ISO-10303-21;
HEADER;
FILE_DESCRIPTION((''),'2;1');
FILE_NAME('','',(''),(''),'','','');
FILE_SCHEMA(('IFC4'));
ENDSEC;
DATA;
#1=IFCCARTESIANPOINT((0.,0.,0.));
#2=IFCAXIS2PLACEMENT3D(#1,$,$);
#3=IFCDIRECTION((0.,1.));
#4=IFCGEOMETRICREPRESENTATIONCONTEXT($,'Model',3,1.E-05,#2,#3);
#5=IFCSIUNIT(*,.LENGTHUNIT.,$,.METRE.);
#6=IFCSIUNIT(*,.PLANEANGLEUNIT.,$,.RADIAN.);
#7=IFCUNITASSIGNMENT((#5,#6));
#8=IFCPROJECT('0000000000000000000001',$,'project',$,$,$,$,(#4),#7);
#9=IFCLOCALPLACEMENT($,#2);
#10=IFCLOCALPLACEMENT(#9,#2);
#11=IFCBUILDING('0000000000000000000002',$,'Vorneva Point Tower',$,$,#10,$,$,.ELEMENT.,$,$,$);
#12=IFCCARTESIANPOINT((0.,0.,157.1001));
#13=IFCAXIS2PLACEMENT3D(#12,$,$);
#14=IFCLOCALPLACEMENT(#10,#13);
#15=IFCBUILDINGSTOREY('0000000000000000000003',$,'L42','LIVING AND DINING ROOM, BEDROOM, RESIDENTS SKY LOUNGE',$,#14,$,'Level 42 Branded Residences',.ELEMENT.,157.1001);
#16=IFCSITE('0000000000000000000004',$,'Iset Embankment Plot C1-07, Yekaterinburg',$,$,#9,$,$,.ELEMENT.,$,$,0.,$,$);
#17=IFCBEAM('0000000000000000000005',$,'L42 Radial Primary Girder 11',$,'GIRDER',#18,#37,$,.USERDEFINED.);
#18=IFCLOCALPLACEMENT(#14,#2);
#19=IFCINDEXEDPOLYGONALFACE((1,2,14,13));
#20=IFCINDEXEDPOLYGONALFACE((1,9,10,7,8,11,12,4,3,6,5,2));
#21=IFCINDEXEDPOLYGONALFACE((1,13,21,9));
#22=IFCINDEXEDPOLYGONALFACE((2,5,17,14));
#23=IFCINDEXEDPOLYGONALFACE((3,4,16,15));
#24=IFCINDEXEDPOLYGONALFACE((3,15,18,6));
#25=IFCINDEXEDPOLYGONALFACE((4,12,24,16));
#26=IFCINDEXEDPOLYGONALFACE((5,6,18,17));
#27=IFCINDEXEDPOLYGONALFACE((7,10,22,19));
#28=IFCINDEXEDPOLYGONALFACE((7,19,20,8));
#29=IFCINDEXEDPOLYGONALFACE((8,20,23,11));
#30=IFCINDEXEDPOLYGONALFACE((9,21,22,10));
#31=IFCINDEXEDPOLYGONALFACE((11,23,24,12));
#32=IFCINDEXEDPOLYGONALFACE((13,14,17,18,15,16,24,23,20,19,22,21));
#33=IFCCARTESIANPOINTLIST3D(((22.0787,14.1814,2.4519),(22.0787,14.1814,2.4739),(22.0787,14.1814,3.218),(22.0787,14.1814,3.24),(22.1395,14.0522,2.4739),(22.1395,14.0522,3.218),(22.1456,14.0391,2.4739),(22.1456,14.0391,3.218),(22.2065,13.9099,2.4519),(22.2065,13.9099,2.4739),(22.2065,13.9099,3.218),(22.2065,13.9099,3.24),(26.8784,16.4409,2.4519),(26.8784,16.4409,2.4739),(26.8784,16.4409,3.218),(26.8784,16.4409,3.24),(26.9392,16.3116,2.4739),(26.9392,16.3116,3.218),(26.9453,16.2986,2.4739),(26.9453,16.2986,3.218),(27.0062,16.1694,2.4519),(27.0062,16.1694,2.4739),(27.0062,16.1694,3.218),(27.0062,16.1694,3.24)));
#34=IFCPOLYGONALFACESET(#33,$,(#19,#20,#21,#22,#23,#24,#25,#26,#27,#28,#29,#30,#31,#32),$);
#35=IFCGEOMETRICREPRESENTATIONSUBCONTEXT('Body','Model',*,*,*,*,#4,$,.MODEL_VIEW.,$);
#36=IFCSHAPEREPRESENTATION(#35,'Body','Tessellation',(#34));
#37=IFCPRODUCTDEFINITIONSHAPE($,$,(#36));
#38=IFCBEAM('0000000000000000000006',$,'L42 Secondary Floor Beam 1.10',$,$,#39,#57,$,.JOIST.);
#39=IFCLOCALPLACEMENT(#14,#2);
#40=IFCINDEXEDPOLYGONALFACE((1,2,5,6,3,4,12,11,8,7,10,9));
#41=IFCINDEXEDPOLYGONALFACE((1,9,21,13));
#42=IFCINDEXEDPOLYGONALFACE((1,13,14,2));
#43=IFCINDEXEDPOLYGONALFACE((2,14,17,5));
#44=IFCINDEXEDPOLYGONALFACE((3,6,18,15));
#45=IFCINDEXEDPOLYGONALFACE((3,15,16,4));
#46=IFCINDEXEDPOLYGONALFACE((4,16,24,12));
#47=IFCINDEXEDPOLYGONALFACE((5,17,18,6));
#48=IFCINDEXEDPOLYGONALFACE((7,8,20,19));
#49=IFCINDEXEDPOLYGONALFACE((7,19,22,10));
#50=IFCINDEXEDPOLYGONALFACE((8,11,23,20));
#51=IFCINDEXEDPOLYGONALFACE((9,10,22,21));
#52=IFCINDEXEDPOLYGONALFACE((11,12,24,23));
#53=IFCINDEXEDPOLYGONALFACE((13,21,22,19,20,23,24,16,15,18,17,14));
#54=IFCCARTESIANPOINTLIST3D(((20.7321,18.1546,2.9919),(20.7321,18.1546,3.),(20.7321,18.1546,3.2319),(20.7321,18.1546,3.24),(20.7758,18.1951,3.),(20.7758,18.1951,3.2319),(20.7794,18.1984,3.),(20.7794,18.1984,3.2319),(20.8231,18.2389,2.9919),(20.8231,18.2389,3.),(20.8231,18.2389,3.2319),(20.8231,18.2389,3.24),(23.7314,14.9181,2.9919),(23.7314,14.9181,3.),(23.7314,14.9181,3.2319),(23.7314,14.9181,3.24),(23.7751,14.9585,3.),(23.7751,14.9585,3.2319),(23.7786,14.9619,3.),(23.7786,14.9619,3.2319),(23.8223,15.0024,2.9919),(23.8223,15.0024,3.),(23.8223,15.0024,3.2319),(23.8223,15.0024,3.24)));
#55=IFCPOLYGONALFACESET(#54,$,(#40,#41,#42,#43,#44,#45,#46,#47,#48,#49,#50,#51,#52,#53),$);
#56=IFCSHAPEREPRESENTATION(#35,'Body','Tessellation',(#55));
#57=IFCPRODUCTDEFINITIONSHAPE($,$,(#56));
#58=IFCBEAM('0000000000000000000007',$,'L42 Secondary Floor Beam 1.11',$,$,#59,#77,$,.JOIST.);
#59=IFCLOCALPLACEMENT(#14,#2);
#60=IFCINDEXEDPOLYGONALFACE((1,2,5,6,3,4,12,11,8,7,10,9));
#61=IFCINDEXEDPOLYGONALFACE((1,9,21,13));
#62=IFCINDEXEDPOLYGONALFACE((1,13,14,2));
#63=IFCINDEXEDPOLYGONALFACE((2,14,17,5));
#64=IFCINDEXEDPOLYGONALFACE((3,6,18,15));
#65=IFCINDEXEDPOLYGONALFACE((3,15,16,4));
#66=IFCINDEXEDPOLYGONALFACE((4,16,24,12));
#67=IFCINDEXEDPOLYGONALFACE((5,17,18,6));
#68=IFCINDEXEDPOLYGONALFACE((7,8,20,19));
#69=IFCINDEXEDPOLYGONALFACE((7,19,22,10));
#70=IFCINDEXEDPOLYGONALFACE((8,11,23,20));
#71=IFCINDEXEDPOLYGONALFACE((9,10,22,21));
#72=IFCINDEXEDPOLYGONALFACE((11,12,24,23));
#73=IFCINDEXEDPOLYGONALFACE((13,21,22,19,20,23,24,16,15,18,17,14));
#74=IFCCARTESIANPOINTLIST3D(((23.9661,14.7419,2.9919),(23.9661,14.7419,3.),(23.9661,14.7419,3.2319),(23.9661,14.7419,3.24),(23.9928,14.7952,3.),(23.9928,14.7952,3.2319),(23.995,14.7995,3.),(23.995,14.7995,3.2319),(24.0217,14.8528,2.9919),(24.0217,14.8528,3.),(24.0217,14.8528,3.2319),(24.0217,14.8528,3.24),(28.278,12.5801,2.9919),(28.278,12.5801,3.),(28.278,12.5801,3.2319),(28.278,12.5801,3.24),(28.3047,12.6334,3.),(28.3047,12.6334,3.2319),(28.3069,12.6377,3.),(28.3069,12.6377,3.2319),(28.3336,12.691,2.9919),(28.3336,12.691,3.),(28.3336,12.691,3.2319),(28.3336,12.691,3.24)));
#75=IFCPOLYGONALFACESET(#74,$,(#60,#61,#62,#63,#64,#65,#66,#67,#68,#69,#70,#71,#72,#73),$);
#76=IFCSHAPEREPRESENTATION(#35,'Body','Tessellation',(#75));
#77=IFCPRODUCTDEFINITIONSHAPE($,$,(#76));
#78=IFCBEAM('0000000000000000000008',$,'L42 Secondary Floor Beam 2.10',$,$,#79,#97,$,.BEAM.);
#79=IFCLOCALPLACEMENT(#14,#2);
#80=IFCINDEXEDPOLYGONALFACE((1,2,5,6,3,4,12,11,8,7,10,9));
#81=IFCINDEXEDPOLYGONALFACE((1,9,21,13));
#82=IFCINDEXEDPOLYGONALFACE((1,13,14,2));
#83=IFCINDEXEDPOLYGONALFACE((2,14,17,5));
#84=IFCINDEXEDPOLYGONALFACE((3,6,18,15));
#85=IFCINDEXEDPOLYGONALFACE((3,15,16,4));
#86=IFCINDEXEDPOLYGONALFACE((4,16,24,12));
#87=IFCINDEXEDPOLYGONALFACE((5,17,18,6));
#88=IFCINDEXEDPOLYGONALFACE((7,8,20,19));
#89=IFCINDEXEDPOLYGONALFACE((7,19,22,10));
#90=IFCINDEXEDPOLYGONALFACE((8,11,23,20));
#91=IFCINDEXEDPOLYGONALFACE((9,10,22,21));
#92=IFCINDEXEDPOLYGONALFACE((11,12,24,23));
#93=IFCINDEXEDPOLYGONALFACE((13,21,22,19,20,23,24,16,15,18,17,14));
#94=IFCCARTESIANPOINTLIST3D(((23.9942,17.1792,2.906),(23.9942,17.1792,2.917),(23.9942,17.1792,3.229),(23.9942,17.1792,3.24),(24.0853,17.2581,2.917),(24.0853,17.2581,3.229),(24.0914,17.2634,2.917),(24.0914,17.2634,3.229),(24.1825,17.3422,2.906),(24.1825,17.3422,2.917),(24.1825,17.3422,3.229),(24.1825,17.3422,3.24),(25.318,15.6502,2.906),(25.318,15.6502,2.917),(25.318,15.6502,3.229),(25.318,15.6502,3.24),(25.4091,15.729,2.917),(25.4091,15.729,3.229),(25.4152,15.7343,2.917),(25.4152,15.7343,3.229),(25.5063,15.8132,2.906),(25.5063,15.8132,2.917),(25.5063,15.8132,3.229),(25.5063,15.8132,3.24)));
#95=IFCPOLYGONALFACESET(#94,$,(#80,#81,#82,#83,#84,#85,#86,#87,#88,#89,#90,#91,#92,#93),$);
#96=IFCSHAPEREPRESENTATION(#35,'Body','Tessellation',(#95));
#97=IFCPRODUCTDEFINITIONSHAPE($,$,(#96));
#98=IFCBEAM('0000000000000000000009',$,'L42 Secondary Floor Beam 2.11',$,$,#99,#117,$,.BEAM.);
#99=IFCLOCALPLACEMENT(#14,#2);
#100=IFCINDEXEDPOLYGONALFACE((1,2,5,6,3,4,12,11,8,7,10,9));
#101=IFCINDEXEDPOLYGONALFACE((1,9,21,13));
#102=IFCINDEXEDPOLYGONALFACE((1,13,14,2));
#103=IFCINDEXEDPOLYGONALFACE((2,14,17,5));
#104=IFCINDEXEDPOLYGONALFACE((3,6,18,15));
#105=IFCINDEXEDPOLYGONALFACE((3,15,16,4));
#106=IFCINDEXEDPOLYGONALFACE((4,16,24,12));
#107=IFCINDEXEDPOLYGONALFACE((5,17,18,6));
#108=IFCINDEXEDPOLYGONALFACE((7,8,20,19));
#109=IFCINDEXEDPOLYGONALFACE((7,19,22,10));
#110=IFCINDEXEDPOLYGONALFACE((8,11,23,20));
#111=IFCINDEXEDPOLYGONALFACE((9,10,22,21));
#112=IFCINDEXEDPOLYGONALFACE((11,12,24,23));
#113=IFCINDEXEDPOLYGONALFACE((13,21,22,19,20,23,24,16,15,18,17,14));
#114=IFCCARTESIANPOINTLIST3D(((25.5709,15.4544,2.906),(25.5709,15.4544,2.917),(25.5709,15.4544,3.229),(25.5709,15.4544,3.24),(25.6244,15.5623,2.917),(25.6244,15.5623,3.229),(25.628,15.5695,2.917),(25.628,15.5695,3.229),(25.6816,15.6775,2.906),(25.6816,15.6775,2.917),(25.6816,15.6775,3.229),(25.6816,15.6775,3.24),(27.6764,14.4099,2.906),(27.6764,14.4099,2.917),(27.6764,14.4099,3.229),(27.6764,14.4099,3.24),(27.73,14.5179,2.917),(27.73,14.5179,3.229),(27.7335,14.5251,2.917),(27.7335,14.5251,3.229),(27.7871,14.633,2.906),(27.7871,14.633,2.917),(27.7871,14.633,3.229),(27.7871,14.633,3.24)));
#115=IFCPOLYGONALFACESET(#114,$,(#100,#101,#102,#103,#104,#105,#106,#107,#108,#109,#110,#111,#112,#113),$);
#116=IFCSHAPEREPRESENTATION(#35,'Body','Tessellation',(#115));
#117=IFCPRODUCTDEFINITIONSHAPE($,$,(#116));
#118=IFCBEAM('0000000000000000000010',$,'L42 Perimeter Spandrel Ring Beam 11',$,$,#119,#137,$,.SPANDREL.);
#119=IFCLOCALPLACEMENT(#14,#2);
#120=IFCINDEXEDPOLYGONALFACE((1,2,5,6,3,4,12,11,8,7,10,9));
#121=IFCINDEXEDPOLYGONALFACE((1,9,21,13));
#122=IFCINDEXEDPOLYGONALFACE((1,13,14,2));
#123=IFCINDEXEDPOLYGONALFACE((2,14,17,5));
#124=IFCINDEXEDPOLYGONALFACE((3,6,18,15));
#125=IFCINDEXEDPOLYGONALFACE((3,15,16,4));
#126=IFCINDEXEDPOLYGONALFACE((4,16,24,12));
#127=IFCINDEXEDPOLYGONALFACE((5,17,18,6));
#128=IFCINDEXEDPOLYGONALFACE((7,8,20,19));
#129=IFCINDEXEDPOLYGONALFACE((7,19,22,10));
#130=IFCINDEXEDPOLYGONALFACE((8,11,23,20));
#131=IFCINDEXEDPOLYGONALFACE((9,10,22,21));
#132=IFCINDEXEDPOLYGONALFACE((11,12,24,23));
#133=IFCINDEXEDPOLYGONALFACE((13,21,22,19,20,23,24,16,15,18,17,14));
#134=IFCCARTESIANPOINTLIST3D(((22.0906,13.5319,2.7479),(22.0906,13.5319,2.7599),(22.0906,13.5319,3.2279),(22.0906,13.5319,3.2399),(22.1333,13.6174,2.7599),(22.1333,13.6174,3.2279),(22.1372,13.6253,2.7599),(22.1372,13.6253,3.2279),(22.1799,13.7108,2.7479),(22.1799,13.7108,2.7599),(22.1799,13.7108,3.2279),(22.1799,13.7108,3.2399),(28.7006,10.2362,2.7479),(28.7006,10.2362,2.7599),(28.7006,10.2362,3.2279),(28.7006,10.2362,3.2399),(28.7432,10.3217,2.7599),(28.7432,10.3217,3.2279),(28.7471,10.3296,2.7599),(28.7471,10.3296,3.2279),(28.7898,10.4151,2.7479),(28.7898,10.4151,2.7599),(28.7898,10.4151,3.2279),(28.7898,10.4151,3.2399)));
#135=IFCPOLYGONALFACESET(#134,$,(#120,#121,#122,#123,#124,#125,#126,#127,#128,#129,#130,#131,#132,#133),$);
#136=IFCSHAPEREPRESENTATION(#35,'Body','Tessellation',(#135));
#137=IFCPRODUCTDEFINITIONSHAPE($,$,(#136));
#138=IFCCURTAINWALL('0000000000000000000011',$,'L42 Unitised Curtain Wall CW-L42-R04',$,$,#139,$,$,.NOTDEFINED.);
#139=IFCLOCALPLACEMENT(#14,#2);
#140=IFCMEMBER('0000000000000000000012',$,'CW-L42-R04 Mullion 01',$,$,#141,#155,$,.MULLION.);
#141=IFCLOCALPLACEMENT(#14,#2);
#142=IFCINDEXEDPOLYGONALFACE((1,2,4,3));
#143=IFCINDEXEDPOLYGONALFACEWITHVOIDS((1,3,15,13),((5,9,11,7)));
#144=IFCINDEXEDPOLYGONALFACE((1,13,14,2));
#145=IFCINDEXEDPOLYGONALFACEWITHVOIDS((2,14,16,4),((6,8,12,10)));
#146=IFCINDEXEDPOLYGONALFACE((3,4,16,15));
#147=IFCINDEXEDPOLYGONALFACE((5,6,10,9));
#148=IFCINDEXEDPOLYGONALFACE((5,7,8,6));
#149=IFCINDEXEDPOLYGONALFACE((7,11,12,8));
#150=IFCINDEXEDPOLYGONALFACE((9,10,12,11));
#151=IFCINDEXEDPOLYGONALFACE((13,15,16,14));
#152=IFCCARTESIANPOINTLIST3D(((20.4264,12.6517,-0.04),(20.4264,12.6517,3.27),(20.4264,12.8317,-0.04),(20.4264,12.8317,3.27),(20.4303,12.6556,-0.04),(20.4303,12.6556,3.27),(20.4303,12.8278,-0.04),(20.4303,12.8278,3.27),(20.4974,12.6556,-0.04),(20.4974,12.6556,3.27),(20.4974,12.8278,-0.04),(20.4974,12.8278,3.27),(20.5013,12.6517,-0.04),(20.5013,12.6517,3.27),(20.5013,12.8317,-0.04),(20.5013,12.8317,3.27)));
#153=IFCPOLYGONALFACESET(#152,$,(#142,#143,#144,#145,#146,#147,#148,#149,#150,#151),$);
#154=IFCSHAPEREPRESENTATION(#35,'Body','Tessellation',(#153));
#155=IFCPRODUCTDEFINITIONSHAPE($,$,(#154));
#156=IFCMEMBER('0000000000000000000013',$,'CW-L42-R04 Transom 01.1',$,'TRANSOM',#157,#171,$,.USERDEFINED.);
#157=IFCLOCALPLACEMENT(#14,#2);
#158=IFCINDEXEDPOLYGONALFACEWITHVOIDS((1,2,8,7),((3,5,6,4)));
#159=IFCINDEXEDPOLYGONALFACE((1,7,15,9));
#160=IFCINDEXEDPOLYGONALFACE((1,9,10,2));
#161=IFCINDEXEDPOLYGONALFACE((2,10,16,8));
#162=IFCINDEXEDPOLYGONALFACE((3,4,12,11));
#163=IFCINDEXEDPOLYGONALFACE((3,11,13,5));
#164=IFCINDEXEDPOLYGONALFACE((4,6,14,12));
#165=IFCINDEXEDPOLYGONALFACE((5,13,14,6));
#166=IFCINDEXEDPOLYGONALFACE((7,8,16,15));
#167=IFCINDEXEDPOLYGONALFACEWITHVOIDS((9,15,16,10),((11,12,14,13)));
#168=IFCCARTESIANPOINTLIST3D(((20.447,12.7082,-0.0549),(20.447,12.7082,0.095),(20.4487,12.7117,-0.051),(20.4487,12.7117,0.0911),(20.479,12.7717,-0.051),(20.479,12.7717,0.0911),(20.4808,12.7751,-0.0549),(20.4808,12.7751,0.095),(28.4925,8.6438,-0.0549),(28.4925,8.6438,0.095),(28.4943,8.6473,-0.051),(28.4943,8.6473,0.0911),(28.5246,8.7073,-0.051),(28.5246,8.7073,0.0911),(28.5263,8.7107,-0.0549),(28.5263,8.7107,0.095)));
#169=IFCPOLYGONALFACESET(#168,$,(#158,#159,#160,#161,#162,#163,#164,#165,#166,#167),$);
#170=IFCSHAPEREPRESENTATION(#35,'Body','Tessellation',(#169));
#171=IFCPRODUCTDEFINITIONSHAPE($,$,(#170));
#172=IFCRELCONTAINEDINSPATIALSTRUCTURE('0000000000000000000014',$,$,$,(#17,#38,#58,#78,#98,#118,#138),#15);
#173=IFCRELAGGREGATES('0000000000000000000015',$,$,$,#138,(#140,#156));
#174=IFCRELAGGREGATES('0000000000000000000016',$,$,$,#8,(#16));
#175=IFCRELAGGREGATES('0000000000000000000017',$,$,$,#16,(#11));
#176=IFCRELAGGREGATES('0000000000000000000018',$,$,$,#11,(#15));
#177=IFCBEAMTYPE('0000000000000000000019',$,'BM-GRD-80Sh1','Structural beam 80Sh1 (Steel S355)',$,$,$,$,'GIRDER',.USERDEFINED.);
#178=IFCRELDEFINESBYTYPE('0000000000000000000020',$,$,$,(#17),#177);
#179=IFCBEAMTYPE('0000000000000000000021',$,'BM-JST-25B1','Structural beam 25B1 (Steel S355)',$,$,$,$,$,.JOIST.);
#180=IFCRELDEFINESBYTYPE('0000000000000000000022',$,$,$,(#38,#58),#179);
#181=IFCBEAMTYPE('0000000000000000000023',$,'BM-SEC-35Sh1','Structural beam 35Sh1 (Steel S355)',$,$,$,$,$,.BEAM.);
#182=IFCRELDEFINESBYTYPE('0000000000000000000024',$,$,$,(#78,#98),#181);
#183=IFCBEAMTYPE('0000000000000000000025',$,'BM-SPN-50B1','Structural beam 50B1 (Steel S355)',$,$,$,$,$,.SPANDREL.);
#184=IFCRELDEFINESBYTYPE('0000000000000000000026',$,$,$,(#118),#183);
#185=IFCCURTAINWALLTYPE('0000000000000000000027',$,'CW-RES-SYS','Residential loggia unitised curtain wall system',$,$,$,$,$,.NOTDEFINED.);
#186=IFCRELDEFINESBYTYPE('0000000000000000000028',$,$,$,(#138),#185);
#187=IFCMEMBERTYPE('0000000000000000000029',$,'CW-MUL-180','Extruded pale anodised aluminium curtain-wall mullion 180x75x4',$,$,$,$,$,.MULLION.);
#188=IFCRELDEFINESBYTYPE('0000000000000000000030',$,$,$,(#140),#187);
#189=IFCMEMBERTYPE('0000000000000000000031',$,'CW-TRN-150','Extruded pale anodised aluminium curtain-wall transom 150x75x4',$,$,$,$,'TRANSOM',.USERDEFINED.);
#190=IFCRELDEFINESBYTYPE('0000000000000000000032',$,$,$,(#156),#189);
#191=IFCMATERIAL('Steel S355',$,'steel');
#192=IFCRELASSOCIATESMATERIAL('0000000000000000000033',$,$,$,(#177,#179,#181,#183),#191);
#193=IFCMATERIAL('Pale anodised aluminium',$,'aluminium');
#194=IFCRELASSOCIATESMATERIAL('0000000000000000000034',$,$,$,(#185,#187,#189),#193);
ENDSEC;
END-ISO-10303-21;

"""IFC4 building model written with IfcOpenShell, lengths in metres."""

from ifc_helpers import new_model, si_unit, direction, frame, origin, origin_2d, place, context, subcontext, project, spatial, hollow_rectangle, i_section, extrude, material, material_profile, profile_set, type_object, element, aggregate, save


model = new_model("IFC4")

# Units and contexts
model_context = context("Model", 3, precision=1e-05, world=origin(), true_north=direction((0.0, 1.0)))
body_context = subcontext(model_context, "Body", "Model", "MODEL_VIEW")
ifc_project = project(units=[si_unit("LENGTHUNIT", "METRE"), si_unit("PLANEANGLEUNIT", "RADIAN")], contexts=[model_context])

# Site, building, storey
site_placement = place(None, origin())
site = spatial("IfcSite", under=ifc_project, at=site_placement, Name="Iset Embankment Plot C1-07, Yekaterinburg", CompositionType="ELEMENT", RefElevation=0.0)
building_placement = place(site_placement, origin())
building = spatial("IfcBuilding", under=site, at=building_placement, Name="Vorneva Point Tower", CompositionType="ELEMENT")
storey_placement = place(building_placement, frame((0.0, 0.0, 157.1001)))
storey = spatial("IfcBuildingStorey", under=building, at=storey_placement, Name="L42", Description="LIVING AND DINING ROOM, BEDROOM, RESIDENTS SKY LOUNGE", LongName="Level 42 Branded Residences", CompositionType="ELEMENT", Elevation=157.1001)

# Beams
ifc_material_1 = material(Name="Steel S355", Category="steel")
ifc_material_profile_1 = material_profile(ifc_material_1, i_section(OverallWidth=0.3, OverallDepth=0.7881, WebThickness=0.0144, FlangeThickness=0.022, at=origin_2d()), Name="80Sh1")
ifc_profile_set_1 = profile_set([ifc_material_profile_1], Name="Steel S355")
beam_type_1 = type_object("IfcBeamType", Name="BM-GRD-80Sh1", Description="Structural beam 80Sh1 (Steel S355)", ElementType="GIRDER", PredefinedType="USERDEFINED", material=ifc_profile_set_1)
beam_1_placement = place(storey_placement, frame((22.1426, 14.0457, 2.8459), z_axis=(0.904761, 0.425919, 0.0), x_axis=(-0.425919, 0.904761, 0.0)))
element("IfcBeam", 1, at=beam_1_placement, inside=storey, type_object=beam_type_1, Name="L42 Radial Primary Girder 11", ObjectType="GIRDER", PredefinedType="USERDEFINED", context=body_context, shape_type="SweptSolid", body=[
    extrude(i_section(OverallWidth=0.3, OverallDepth=0.7881, WebThickness=0.0144, FlangeThickness=0.022, at=origin_2d()), origin(), (0.0, 0.0, 1.0), 5.3049),
])
ifc_material_profile_2 = material_profile(ifc_material_1, i_section(OverallWidth=0.124, OverallDepth=0.248, WebThickness=0.0049, FlangeThickness=0.0081, at=origin_2d()), Name="25B1")
ifc_profile_set_2 = profile_set([ifc_material_profile_2], Name="Steel S355")
beam_type_2 = type_object("IfcBeamType", Name="BM-JST-25B1", Description="Structural beam 25B1 (Steel S355)", PredefinedType="JOIST", material=ifc_profile_set_2)
beam_2_placement = place(storey_placement, frame((20.7776, 18.1968, 3.116), z_axis=(0.679706, -0.733485, 0.0), x_axis=(0.733485, 0.679706, 0.0)))
element("IfcBeam", 2, at=beam_2_placement, inside=storey, type_object=beam_type_2, Name="L42 Secondary Floor Beam 1.10", PredefinedType="JOIST", context=body_context, shape_type="SweptSolid", body=[
    extrude(i_section(OverallWidth=0.124, OverallDepth=0.248, WebThickness=0.0049, FlangeThickness=0.0081, at=origin_2d()), origin(), (0.0, 0.0, 1.0), 4.4126),
])
beam_3_placement = place(storey_placement, frame((23.9939, 14.7974, 3.116), z_axis=(0.893941, -0.448185, 0.0), x_axis=(0.448185, 0.893941, 0.0)))
element("IfcBeam", 3, at=beam_3_placement, inside=storey, type_object=beam_type_2, Name="L42 Secondary Floor Beam 1.11", PredefinedType="JOIST", context=body_context, shape_type="SweptSolid", body=[
    extrude(i_section(OverallWidth=0.124, OverallDepth=0.248, WebThickness=0.0049, FlangeThickness=0.0081, at=origin_2d()), origin(), (0.0, 0.0, 1.0), 4.8235),
])
ifc_material_profile_3 = material_profile(ifc_material_1, i_section(OverallWidth=0.249, OverallDepth=0.334, WebThickness=0.0081, FlangeThickness=0.011, at=origin_2d()), Name="35Sh1")
ifc_profile_set_3 = profile_set([ifc_material_profile_3], Name="Steel S355")
beam_type_3 = type_object("IfcBeamType", Name="BM-SEC-35Sh1", Description="Structural beam 35Sh1 (Steel S355)", PredefinedType="BEAM", material=ifc_profile_set_3)
beam_4_placement = place(storey_placement, frame((24.0884, 17.2607, 3.073), z_axis=(0.654521, -0.756043, 0.0), x_axis=(0.756043, 0.654521, 0.0)))
element("IfcBeam", 4, at=beam_4_placement, inside=storey, type_object=beam_type_3, Name="L42 Secondary Floor Beam 2.10", PredefinedType="BEAM", context=body_context, shape_type="SweptSolid", body=[
    extrude(i_section(OverallWidth=0.249, OverallDepth=0.334, WebThickness=0.0081, FlangeThickness=0.011, at=origin_2d()), origin(), (0.0, 0.0, 1.0), 2.0225),
])
beam_5_placement = place(storey_placement, frame((25.6262, 15.5659, 3.073), z_axis=(0.895835, -0.444386, 0.0), x_axis=(0.444386, 0.895835, 0.0)))
element("IfcBeam", 5, at=beam_5_placement, inside=storey, type_object=beam_type_3, Name="L42 Secondary Floor Beam 2.11", PredefinedType="BEAM", context=body_context, shape_type="SweptSolid", body=[
    extrude(i_section(OverallWidth=0.249, OverallDepth=0.334, WebThickness=0.0081, FlangeThickness=0.011, at=origin_2d()), origin(), (0.0, 0.0, 1.0), 2.3503),
])
ifc_material_profile_4 = material_profile(ifc_material_1, i_section(OverallWidth=0.2, OverallDepth=0.4919, WebThickness=0.0088, FlangeThickness=0.012, at=origin_2d()), Name="50B1")
ifc_profile_set_4 = profile_set([ifc_material_profile_4], Name="Steel S355")
beam_type_4 = type_object("IfcBeamType", Name="BM-SPN-50B1", Description="Structural beam 50B1 (Steel S355)", PredefinedType="SPANDREL", material=ifc_profile_set_4)
beam_6_placement = place(storey_placement, frame((22.1353, 13.6213, 2.9939), z_axis=(0.894929, -0.446208, 0.0), x_axis=(0.446208, 0.894929, 0.0)))
element("IfcBeam", 6, at=beam_6_placement, inside=storey, type_object=beam_type_4, Name="L42 Perimeter Spandrel Ring Beam 11", PredefinedType="SPANDREL", context=body_context, shape_type="SweptSolid", body=[
    extrude(i_section(OverallWidth=0.2, OverallDepth=0.4919, WebThickness=0.0088, FlangeThickness=0.012, at=origin_2d()), origin(), (0.0, 0.0, 1.0), 7.386),
])

# Curtain wall, members
ifc_material_2 = material(Name="Pale anodised aluminium", Category="aluminium")
curtain_wall_type = type_object("IfcCurtainWallType", Name="CW-RES-SYS", Description="Residential loggia unitised curtain wall system", PredefinedType="NOTDEFINED", material=ifc_material_2)
curtain_wall_placement = place(storey_placement, origin())
curtain_wall = element("IfcCurtainWall", 7, at=curtain_wall_placement, inside=storey, type_object=curtain_wall_type, Name="L42 Unitised Curtain Wall CW-L42-R04", PredefinedType="NOTDEFINED")
ifc_material_profile_5 = material_profile(ifc_material_2, hollow_rectangle(XDim=0.075, YDim=0.1799, WallThickness=0.0039, at=origin_2d()), Name="AL-MUL 180x75x4")
ifc_profile_set_5 = profile_set([ifc_material_profile_5], Name="Pale anodised aluminium")
member_type_1 = type_object("IfcMemberType", Name="CW-MUL-180", Description="Extruded pale anodised aluminium curtain-wall mullion 180x75x4", PredefinedType="MULLION", material=ifc_profile_set_5)
member_1_placement = place(storey_placement, frame((20.4639, 12.7417, -0.04), z_axis=(0.0, 0.0, 1.0), x_axis=(1.0, 0.0, 0.0)))
member_1 = element("IfcMember", 8, at=member_1_placement, type_object=member_type_1, Name="CW-L42-R04 Mullion 01", PredefinedType="MULLION", context=body_context, shape_type="SweptSolid", body=[
    extrude(hollow_rectangle(XDim=0.075, YDim=0.1799, WallThickness=0.0039, at=origin_2d()), origin(), (0.0, 0.0, 1.0), 3.3101),
])
ifc_material_profile_6 = material_profile(ifc_material_2, hollow_rectangle(XDim=0.075, YDim=0.1499, WallThickness=0.0039, at=origin_2d()), Name="AL-TRN 150x75x4")
ifc_profile_set_6 = profile_set([ifc_material_profile_6], Name="Pale anodised aluminium")
member_type_2 = type_object("IfcMemberType", Name="CW-TRN-150", Description="Extruded pale anodised aluminium curtain-wall transom 150x75x4", ElementType="TRANSOM", PredefinedType="USERDEFINED", material=ifc_profile_set_6)
member_2_placement = place(storey_placement, frame((20.4639, 12.7417, 0.02), z_axis=(0.892572, -0.450904, 0.0), x_axis=(0.450904, 0.892572, 0.0)))
member_2 = element("IfcMember", 9, at=member_2_placement, type_object=member_type_2, Name="CW-L42-R04 Transom 01.1", ObjectType="TRANSOM", PredefinedType="USERDEFINED", context=body_context, shape_type="SweptSolid", body=[
    extrude(hollow_rectangle(XDim=0.075, YDim=0.1499, WallThickness=0.0039, at=origin_2d()), origin(), (0.0, 0.0, 1.0), 9.0139),
])
aggregate(curtain_wall, [member_1, member_2])

save(model, "model.ifc")
